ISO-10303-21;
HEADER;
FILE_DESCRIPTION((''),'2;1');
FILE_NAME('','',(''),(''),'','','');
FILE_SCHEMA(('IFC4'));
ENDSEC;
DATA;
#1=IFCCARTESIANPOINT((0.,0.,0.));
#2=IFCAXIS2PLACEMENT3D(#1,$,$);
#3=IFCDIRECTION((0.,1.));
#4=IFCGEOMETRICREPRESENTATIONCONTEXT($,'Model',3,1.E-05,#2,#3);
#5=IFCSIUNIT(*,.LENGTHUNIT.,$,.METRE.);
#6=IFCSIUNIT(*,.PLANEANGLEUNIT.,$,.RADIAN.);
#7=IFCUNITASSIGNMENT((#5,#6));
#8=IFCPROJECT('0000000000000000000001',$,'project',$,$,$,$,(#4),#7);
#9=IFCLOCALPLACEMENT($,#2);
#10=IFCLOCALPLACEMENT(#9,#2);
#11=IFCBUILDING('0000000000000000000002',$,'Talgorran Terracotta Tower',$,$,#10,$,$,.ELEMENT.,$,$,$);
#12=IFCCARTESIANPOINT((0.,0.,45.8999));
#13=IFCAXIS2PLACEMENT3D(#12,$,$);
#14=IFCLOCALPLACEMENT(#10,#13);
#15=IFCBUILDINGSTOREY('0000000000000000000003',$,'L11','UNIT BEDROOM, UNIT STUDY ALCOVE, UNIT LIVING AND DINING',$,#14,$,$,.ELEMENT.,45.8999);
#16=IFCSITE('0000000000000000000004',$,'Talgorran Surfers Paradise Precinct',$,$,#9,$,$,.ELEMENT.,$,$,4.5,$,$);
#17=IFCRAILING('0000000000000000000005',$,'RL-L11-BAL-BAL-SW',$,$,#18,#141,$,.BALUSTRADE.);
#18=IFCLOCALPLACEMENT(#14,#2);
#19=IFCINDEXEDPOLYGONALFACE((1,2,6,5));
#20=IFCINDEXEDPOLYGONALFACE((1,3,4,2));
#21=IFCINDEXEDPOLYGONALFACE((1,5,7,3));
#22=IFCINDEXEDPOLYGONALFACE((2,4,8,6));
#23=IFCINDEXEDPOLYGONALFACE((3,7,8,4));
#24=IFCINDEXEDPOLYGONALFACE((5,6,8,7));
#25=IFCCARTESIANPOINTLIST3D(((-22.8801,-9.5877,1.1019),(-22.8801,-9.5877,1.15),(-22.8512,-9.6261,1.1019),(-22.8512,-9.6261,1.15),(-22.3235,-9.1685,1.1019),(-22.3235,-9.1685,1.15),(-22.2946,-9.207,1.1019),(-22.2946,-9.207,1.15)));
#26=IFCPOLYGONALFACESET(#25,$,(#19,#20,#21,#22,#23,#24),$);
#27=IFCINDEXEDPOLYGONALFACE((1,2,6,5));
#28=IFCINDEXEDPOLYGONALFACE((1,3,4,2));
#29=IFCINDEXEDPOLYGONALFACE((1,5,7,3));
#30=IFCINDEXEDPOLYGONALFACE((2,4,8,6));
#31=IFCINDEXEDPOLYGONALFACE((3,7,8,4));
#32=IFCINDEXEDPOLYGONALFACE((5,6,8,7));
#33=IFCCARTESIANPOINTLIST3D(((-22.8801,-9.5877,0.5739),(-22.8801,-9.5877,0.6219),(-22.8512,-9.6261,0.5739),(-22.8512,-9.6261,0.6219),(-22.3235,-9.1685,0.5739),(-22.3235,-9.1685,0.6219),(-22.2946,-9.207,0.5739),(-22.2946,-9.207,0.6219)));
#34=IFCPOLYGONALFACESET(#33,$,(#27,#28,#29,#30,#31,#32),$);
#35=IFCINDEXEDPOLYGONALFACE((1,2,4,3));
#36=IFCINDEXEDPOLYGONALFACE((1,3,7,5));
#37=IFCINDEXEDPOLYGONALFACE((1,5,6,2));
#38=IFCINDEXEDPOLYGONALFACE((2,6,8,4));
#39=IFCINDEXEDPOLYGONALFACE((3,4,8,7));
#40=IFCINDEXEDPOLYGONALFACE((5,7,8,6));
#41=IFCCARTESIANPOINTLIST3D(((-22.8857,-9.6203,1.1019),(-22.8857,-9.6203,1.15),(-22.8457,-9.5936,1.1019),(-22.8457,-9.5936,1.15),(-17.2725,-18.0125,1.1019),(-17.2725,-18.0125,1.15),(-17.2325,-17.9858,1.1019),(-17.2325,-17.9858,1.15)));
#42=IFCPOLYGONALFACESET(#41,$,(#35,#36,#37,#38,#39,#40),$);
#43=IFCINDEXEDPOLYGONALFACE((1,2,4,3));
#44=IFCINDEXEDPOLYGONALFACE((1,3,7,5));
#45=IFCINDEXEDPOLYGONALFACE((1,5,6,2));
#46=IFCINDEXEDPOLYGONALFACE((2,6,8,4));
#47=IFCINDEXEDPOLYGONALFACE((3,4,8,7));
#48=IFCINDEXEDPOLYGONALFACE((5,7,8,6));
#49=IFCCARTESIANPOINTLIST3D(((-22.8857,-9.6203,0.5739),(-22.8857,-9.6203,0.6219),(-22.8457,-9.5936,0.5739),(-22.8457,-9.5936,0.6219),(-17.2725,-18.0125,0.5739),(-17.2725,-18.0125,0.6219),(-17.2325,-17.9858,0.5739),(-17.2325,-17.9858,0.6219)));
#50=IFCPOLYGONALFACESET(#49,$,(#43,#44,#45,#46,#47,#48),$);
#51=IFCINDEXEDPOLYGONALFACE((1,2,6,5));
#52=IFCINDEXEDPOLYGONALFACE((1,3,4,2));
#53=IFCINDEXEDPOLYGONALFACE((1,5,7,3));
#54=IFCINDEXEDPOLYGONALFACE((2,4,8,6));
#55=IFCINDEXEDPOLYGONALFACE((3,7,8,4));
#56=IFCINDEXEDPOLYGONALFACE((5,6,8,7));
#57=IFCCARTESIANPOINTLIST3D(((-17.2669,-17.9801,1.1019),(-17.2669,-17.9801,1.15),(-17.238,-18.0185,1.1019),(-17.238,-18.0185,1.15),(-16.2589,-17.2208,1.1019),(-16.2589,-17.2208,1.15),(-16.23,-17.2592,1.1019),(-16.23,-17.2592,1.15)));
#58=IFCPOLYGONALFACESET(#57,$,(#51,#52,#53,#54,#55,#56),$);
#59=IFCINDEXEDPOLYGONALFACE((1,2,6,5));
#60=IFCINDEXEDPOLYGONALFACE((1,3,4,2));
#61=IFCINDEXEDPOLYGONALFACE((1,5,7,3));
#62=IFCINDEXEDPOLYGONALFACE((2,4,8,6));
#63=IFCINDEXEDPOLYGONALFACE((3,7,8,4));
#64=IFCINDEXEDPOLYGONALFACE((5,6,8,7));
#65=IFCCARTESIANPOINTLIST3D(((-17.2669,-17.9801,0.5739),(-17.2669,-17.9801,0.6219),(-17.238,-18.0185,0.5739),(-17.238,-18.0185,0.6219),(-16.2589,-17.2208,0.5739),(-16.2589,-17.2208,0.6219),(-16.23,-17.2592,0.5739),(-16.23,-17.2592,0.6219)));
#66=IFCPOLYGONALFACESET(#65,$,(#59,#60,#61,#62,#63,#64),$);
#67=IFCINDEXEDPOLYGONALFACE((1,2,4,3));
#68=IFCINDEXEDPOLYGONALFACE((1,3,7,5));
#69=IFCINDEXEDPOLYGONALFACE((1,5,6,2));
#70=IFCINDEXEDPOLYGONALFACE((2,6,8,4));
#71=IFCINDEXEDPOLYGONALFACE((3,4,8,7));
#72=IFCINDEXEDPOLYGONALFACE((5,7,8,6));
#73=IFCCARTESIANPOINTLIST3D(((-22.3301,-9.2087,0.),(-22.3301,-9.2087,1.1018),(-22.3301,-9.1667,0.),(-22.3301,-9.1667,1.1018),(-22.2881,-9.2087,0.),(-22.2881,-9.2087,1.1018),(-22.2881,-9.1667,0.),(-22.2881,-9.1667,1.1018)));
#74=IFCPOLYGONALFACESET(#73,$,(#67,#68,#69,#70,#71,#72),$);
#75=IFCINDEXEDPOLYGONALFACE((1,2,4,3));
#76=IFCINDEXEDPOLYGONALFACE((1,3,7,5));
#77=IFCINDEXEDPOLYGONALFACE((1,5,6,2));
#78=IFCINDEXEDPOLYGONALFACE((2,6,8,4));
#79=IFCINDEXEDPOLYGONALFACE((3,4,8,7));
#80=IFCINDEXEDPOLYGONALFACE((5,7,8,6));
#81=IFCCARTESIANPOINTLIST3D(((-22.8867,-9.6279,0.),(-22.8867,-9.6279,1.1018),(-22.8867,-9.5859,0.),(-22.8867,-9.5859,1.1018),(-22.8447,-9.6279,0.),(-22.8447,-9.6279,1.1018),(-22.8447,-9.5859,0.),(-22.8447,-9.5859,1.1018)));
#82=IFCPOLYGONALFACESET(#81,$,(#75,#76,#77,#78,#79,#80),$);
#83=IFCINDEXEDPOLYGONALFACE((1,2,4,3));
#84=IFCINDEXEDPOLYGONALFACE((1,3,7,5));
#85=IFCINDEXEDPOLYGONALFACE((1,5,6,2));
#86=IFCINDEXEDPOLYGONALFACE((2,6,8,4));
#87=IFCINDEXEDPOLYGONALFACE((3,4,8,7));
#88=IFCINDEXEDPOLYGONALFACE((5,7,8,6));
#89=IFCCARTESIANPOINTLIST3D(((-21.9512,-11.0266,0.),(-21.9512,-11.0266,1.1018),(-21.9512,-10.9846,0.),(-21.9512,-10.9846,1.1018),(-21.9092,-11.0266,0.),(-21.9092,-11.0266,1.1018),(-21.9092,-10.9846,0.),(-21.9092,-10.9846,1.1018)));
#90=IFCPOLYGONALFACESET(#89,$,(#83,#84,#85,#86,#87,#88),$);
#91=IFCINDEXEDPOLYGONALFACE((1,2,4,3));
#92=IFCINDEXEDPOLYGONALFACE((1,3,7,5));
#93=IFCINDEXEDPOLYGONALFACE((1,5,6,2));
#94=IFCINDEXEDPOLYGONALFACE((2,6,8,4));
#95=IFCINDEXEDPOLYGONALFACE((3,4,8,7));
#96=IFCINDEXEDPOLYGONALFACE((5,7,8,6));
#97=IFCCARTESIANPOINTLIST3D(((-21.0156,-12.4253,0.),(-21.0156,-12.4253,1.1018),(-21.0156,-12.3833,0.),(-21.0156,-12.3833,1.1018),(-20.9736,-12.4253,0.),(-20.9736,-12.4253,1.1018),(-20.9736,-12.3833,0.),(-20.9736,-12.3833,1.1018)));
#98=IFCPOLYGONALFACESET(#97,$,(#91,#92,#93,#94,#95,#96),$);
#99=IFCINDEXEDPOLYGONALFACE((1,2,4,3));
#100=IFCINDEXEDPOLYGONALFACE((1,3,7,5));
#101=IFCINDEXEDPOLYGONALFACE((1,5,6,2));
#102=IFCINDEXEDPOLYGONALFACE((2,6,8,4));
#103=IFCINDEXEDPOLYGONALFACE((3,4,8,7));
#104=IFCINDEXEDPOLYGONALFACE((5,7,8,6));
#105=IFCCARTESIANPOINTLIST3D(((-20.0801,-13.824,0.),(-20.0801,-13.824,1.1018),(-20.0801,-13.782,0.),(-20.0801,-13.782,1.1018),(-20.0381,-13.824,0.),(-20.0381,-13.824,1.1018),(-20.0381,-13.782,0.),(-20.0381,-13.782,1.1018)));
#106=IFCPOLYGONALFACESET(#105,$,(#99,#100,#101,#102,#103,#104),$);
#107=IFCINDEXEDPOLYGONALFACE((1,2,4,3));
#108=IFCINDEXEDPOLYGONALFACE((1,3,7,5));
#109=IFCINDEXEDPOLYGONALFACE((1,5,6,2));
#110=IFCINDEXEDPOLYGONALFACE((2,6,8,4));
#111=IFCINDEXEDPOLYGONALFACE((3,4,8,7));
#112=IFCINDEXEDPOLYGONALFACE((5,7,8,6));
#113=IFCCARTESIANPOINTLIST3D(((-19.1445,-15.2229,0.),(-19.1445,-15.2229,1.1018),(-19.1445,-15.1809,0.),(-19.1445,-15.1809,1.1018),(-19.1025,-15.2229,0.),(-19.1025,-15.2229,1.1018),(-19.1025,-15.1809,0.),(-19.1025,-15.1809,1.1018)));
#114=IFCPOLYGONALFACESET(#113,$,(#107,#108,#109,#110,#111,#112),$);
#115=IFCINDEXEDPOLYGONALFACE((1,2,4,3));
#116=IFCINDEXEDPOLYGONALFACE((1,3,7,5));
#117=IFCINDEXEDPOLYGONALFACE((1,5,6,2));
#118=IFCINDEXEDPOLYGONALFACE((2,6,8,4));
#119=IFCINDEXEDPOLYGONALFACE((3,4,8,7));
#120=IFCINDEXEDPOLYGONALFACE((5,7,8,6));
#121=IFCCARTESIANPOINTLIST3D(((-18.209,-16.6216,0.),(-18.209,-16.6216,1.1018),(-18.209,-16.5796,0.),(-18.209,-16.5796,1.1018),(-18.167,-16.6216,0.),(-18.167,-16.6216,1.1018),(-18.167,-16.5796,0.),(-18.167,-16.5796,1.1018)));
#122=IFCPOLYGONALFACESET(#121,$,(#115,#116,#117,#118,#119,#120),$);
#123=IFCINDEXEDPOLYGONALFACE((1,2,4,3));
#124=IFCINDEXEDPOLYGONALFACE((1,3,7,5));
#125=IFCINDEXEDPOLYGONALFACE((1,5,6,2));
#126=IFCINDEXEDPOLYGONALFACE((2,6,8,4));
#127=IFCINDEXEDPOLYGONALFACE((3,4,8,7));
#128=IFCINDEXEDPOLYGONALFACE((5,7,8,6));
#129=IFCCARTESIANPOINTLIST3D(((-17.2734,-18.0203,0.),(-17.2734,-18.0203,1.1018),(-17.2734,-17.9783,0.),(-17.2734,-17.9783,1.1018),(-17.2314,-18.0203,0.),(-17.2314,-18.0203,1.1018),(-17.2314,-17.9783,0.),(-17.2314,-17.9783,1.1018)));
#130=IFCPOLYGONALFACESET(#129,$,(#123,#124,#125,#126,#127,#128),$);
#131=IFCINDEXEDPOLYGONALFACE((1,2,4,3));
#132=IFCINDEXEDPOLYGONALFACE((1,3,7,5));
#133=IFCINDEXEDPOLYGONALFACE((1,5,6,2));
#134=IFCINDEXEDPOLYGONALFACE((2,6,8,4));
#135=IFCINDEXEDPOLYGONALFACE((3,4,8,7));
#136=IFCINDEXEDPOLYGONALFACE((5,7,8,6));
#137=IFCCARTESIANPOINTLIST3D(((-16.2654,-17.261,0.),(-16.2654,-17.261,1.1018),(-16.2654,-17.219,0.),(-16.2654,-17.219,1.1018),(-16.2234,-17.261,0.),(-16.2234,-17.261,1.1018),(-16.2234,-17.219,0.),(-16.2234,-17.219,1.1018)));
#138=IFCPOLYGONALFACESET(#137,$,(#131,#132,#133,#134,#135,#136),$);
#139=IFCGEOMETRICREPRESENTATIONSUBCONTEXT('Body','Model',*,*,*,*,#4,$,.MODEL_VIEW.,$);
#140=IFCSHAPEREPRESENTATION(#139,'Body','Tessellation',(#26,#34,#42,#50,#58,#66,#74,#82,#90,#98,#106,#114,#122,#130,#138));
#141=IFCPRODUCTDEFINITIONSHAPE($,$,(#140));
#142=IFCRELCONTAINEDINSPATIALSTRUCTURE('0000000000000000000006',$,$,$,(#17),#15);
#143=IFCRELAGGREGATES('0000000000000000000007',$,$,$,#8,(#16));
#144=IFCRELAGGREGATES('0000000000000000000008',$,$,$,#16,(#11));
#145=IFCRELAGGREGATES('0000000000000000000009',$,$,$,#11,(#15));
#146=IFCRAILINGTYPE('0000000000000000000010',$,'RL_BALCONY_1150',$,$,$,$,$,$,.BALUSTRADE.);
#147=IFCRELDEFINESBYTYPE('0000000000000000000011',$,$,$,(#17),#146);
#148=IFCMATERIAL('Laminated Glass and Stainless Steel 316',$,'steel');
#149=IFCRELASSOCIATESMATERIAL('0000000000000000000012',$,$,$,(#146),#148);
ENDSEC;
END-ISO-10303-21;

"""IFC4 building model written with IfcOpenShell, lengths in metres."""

from ifc_helpers import new_model, si_unit, direction, frame, origin, origin_2d, place, context, subcontext, project, spatial, rectangle, extrude, material, type_object, element, save


model = new_model("IFC4")

# Units and contexts
model_context = context("Model", 3, precision=1e-05, world=origin(), true_north=direction((0.0, 1.0)))
body_context = subcontext(model_context, "Body", "Model", "MODEL_VIEW")
ifc_project = project(units=[si_unit("LENGTHUNIT", "METRE"), si_unit("PLANEANGLEUNIT", "RADIAN")], contexts=[model_context])

# Site, building, storey
site_placement = place(None, origin())
site = spatial("IfcSite", under=ifc_project, at=site_placement, Name="Talgorran Surfers Paradise Precinct", CompositionType="ELEMENT", RefElevation=4.5)
building_placement = place(site_placement, origin())
building = spatial("IfcBuilding", under=site, at=building_placement, Name="Talgorran Terracotta Tower", CompositionType="ELEMENT")
storey_placement = place(building_placement, frame((0.0, 0.0, 45.8999)))
storey = spatial("IfcBuildingStorey", under=building, at=storey_placement, Name="L11", Description="UNIT BEDROOM, UNIT STUDY ALCOVE, UNIT LIVING AND DINING", CompositionType="ELEMENT", Elevation=45.8999)

# Railing
ifc_material_1 = material(Name="Laminated Glass and Stainless Steel 316", Category="steel")
railing_type = type_object("IfcRailingType", Name="RL_BALCONY_1150", PredefinedType="BALUSTRADE", material=ifc_material_1)
railing_placement = place(storey_placement, frame((-22.3091, -9.1877, 0.0)))
element("IfcRailing", 1, at=railing_placement, inside=storey, type_object=railing_type, Name="RL-L11-BAL-BAL-SW", PredefinedType="BALUSTRADE", context=body_context, shape_type="SweptSolid", body=[
    extrude(rectangle(XDim=0.0481, YDim=0.0481, at=origin_2d()), frame((0.0, 0.0, 1.126), z_axis=(-0.798821, -0.601568, 0.0), x_axis=(0.601568, -0.798821, 0.0)), (0.0, 0.0, 1.0), 0.6968),
    extrude(rectangle(XDim=0.0481, YDim=0.0481, at=origin_2d()), frame((0.0, 0.0, 0.5979), z_axis=(-0.798821, -0.601568, 0.0), x_axis=(0.601568, -0.798821, 0.0)), (0.0, 0.0, 1.0), 0.6968),
    extrude(rectangle(XDim=0.0481, YDim=0.0481, at=origin_2d()), frame((-0.5566, -0.4192, 1.126), z_axis=(0.555961, -0.831209, 0.0), x_axis=(0.831209, 0.555961, 0.0)), (0.0, 0.0, 1.0), 10.0964),
    extrude(rectangle(XDim=0.0481, YDim=0.0481, at=origin_2d()), frame((-0.5566, -0.4192, 0.5979), z_axis=(0.555961, -0.831209, 0.0), x_axis=(0.831209, 0.555961, 0.0)), (0.0, 0.0, 1.0), 10.0964),
    extrude(rectangle(XDim=0.0481, YDim=0.0481, at=origin_2d()), frame((5.0566, -8.8115, 1.126), z_axis=(0.798768, 0.601639, 0.0), x_axis=(-0.601639, 0.798768, 0.0)), (0.0, 0.0, 1.0), 1.262),
    extrude(rectangle(XDim=0.0481, YDim=0.0481, at=origin_2d()), frame((5.0566, -8.8115, 0.5979), z_axis=(0.798768, 0.601639, 0.0), x_axis=(-0.601639, 0.798768, 0.0)), (0.0, 0.0, 1.0), 1.262),
    extrude(rectangle(XDim=0.042, YDim=0.042, at=origin_2d()), origin(), (0.0, 0.0, 1.0), 1.1018),
    extrude(rectangle(XDim=0.042, YDim=0.042, at=origin_2d()), frame((-0.5566, -0.4192, 0.0)), (0.0, 0.0, 1.0), 1.1018),
    extrude(rectangle(XDim=0.042, YDim=0.042, at=origin_2d()), frame((0.3789, -1.8179, 0.0)), (0.0, 0.0, 1.0), 1.1018),
    extrude(rectangle(XDim=0.042, YDim=0.042, at=origin_2d()), frame((1.3145, -3.2166, 0.0)), (0.0, 0.0, 1.0), 1.1018),
    extrude(rectangle(XDim=0.042, YDim=0.042, at=origin_2d()), frame((2.25, -4.6152, 0.0)), (0.0, 0.0, 1.0), 1.1018),
    extrude(rectangle(XDim=0.042, YDim=0.042, at=origin_2d()), frame((3.1855, -6.0142, 0.0)), (0.0, 0.0, 1.0), 1.1018),
    extrude(rectangle(XDim=0.042, YDim=0.042, at=origin_2d()), frame((4.1211, -7.4128, 0.0)), (0.0, 0.0, 1.0), 1.1018),
    extrude(rectangle(XDim=0.042, YDim=0.042, at=origin_2d()), frame((5.0566, -8.8115, 0.0)), (0.0, 0.0, 1.0), 1.1018),
    extrude(rectangle(XDim=0.042, YDim=0.042, at=origin_2d()), frame((6.0647, -8.0522, 0.0)), (0.0, 0.0, 1.0), 1.1018),
])

save(model, "model.ifc")
